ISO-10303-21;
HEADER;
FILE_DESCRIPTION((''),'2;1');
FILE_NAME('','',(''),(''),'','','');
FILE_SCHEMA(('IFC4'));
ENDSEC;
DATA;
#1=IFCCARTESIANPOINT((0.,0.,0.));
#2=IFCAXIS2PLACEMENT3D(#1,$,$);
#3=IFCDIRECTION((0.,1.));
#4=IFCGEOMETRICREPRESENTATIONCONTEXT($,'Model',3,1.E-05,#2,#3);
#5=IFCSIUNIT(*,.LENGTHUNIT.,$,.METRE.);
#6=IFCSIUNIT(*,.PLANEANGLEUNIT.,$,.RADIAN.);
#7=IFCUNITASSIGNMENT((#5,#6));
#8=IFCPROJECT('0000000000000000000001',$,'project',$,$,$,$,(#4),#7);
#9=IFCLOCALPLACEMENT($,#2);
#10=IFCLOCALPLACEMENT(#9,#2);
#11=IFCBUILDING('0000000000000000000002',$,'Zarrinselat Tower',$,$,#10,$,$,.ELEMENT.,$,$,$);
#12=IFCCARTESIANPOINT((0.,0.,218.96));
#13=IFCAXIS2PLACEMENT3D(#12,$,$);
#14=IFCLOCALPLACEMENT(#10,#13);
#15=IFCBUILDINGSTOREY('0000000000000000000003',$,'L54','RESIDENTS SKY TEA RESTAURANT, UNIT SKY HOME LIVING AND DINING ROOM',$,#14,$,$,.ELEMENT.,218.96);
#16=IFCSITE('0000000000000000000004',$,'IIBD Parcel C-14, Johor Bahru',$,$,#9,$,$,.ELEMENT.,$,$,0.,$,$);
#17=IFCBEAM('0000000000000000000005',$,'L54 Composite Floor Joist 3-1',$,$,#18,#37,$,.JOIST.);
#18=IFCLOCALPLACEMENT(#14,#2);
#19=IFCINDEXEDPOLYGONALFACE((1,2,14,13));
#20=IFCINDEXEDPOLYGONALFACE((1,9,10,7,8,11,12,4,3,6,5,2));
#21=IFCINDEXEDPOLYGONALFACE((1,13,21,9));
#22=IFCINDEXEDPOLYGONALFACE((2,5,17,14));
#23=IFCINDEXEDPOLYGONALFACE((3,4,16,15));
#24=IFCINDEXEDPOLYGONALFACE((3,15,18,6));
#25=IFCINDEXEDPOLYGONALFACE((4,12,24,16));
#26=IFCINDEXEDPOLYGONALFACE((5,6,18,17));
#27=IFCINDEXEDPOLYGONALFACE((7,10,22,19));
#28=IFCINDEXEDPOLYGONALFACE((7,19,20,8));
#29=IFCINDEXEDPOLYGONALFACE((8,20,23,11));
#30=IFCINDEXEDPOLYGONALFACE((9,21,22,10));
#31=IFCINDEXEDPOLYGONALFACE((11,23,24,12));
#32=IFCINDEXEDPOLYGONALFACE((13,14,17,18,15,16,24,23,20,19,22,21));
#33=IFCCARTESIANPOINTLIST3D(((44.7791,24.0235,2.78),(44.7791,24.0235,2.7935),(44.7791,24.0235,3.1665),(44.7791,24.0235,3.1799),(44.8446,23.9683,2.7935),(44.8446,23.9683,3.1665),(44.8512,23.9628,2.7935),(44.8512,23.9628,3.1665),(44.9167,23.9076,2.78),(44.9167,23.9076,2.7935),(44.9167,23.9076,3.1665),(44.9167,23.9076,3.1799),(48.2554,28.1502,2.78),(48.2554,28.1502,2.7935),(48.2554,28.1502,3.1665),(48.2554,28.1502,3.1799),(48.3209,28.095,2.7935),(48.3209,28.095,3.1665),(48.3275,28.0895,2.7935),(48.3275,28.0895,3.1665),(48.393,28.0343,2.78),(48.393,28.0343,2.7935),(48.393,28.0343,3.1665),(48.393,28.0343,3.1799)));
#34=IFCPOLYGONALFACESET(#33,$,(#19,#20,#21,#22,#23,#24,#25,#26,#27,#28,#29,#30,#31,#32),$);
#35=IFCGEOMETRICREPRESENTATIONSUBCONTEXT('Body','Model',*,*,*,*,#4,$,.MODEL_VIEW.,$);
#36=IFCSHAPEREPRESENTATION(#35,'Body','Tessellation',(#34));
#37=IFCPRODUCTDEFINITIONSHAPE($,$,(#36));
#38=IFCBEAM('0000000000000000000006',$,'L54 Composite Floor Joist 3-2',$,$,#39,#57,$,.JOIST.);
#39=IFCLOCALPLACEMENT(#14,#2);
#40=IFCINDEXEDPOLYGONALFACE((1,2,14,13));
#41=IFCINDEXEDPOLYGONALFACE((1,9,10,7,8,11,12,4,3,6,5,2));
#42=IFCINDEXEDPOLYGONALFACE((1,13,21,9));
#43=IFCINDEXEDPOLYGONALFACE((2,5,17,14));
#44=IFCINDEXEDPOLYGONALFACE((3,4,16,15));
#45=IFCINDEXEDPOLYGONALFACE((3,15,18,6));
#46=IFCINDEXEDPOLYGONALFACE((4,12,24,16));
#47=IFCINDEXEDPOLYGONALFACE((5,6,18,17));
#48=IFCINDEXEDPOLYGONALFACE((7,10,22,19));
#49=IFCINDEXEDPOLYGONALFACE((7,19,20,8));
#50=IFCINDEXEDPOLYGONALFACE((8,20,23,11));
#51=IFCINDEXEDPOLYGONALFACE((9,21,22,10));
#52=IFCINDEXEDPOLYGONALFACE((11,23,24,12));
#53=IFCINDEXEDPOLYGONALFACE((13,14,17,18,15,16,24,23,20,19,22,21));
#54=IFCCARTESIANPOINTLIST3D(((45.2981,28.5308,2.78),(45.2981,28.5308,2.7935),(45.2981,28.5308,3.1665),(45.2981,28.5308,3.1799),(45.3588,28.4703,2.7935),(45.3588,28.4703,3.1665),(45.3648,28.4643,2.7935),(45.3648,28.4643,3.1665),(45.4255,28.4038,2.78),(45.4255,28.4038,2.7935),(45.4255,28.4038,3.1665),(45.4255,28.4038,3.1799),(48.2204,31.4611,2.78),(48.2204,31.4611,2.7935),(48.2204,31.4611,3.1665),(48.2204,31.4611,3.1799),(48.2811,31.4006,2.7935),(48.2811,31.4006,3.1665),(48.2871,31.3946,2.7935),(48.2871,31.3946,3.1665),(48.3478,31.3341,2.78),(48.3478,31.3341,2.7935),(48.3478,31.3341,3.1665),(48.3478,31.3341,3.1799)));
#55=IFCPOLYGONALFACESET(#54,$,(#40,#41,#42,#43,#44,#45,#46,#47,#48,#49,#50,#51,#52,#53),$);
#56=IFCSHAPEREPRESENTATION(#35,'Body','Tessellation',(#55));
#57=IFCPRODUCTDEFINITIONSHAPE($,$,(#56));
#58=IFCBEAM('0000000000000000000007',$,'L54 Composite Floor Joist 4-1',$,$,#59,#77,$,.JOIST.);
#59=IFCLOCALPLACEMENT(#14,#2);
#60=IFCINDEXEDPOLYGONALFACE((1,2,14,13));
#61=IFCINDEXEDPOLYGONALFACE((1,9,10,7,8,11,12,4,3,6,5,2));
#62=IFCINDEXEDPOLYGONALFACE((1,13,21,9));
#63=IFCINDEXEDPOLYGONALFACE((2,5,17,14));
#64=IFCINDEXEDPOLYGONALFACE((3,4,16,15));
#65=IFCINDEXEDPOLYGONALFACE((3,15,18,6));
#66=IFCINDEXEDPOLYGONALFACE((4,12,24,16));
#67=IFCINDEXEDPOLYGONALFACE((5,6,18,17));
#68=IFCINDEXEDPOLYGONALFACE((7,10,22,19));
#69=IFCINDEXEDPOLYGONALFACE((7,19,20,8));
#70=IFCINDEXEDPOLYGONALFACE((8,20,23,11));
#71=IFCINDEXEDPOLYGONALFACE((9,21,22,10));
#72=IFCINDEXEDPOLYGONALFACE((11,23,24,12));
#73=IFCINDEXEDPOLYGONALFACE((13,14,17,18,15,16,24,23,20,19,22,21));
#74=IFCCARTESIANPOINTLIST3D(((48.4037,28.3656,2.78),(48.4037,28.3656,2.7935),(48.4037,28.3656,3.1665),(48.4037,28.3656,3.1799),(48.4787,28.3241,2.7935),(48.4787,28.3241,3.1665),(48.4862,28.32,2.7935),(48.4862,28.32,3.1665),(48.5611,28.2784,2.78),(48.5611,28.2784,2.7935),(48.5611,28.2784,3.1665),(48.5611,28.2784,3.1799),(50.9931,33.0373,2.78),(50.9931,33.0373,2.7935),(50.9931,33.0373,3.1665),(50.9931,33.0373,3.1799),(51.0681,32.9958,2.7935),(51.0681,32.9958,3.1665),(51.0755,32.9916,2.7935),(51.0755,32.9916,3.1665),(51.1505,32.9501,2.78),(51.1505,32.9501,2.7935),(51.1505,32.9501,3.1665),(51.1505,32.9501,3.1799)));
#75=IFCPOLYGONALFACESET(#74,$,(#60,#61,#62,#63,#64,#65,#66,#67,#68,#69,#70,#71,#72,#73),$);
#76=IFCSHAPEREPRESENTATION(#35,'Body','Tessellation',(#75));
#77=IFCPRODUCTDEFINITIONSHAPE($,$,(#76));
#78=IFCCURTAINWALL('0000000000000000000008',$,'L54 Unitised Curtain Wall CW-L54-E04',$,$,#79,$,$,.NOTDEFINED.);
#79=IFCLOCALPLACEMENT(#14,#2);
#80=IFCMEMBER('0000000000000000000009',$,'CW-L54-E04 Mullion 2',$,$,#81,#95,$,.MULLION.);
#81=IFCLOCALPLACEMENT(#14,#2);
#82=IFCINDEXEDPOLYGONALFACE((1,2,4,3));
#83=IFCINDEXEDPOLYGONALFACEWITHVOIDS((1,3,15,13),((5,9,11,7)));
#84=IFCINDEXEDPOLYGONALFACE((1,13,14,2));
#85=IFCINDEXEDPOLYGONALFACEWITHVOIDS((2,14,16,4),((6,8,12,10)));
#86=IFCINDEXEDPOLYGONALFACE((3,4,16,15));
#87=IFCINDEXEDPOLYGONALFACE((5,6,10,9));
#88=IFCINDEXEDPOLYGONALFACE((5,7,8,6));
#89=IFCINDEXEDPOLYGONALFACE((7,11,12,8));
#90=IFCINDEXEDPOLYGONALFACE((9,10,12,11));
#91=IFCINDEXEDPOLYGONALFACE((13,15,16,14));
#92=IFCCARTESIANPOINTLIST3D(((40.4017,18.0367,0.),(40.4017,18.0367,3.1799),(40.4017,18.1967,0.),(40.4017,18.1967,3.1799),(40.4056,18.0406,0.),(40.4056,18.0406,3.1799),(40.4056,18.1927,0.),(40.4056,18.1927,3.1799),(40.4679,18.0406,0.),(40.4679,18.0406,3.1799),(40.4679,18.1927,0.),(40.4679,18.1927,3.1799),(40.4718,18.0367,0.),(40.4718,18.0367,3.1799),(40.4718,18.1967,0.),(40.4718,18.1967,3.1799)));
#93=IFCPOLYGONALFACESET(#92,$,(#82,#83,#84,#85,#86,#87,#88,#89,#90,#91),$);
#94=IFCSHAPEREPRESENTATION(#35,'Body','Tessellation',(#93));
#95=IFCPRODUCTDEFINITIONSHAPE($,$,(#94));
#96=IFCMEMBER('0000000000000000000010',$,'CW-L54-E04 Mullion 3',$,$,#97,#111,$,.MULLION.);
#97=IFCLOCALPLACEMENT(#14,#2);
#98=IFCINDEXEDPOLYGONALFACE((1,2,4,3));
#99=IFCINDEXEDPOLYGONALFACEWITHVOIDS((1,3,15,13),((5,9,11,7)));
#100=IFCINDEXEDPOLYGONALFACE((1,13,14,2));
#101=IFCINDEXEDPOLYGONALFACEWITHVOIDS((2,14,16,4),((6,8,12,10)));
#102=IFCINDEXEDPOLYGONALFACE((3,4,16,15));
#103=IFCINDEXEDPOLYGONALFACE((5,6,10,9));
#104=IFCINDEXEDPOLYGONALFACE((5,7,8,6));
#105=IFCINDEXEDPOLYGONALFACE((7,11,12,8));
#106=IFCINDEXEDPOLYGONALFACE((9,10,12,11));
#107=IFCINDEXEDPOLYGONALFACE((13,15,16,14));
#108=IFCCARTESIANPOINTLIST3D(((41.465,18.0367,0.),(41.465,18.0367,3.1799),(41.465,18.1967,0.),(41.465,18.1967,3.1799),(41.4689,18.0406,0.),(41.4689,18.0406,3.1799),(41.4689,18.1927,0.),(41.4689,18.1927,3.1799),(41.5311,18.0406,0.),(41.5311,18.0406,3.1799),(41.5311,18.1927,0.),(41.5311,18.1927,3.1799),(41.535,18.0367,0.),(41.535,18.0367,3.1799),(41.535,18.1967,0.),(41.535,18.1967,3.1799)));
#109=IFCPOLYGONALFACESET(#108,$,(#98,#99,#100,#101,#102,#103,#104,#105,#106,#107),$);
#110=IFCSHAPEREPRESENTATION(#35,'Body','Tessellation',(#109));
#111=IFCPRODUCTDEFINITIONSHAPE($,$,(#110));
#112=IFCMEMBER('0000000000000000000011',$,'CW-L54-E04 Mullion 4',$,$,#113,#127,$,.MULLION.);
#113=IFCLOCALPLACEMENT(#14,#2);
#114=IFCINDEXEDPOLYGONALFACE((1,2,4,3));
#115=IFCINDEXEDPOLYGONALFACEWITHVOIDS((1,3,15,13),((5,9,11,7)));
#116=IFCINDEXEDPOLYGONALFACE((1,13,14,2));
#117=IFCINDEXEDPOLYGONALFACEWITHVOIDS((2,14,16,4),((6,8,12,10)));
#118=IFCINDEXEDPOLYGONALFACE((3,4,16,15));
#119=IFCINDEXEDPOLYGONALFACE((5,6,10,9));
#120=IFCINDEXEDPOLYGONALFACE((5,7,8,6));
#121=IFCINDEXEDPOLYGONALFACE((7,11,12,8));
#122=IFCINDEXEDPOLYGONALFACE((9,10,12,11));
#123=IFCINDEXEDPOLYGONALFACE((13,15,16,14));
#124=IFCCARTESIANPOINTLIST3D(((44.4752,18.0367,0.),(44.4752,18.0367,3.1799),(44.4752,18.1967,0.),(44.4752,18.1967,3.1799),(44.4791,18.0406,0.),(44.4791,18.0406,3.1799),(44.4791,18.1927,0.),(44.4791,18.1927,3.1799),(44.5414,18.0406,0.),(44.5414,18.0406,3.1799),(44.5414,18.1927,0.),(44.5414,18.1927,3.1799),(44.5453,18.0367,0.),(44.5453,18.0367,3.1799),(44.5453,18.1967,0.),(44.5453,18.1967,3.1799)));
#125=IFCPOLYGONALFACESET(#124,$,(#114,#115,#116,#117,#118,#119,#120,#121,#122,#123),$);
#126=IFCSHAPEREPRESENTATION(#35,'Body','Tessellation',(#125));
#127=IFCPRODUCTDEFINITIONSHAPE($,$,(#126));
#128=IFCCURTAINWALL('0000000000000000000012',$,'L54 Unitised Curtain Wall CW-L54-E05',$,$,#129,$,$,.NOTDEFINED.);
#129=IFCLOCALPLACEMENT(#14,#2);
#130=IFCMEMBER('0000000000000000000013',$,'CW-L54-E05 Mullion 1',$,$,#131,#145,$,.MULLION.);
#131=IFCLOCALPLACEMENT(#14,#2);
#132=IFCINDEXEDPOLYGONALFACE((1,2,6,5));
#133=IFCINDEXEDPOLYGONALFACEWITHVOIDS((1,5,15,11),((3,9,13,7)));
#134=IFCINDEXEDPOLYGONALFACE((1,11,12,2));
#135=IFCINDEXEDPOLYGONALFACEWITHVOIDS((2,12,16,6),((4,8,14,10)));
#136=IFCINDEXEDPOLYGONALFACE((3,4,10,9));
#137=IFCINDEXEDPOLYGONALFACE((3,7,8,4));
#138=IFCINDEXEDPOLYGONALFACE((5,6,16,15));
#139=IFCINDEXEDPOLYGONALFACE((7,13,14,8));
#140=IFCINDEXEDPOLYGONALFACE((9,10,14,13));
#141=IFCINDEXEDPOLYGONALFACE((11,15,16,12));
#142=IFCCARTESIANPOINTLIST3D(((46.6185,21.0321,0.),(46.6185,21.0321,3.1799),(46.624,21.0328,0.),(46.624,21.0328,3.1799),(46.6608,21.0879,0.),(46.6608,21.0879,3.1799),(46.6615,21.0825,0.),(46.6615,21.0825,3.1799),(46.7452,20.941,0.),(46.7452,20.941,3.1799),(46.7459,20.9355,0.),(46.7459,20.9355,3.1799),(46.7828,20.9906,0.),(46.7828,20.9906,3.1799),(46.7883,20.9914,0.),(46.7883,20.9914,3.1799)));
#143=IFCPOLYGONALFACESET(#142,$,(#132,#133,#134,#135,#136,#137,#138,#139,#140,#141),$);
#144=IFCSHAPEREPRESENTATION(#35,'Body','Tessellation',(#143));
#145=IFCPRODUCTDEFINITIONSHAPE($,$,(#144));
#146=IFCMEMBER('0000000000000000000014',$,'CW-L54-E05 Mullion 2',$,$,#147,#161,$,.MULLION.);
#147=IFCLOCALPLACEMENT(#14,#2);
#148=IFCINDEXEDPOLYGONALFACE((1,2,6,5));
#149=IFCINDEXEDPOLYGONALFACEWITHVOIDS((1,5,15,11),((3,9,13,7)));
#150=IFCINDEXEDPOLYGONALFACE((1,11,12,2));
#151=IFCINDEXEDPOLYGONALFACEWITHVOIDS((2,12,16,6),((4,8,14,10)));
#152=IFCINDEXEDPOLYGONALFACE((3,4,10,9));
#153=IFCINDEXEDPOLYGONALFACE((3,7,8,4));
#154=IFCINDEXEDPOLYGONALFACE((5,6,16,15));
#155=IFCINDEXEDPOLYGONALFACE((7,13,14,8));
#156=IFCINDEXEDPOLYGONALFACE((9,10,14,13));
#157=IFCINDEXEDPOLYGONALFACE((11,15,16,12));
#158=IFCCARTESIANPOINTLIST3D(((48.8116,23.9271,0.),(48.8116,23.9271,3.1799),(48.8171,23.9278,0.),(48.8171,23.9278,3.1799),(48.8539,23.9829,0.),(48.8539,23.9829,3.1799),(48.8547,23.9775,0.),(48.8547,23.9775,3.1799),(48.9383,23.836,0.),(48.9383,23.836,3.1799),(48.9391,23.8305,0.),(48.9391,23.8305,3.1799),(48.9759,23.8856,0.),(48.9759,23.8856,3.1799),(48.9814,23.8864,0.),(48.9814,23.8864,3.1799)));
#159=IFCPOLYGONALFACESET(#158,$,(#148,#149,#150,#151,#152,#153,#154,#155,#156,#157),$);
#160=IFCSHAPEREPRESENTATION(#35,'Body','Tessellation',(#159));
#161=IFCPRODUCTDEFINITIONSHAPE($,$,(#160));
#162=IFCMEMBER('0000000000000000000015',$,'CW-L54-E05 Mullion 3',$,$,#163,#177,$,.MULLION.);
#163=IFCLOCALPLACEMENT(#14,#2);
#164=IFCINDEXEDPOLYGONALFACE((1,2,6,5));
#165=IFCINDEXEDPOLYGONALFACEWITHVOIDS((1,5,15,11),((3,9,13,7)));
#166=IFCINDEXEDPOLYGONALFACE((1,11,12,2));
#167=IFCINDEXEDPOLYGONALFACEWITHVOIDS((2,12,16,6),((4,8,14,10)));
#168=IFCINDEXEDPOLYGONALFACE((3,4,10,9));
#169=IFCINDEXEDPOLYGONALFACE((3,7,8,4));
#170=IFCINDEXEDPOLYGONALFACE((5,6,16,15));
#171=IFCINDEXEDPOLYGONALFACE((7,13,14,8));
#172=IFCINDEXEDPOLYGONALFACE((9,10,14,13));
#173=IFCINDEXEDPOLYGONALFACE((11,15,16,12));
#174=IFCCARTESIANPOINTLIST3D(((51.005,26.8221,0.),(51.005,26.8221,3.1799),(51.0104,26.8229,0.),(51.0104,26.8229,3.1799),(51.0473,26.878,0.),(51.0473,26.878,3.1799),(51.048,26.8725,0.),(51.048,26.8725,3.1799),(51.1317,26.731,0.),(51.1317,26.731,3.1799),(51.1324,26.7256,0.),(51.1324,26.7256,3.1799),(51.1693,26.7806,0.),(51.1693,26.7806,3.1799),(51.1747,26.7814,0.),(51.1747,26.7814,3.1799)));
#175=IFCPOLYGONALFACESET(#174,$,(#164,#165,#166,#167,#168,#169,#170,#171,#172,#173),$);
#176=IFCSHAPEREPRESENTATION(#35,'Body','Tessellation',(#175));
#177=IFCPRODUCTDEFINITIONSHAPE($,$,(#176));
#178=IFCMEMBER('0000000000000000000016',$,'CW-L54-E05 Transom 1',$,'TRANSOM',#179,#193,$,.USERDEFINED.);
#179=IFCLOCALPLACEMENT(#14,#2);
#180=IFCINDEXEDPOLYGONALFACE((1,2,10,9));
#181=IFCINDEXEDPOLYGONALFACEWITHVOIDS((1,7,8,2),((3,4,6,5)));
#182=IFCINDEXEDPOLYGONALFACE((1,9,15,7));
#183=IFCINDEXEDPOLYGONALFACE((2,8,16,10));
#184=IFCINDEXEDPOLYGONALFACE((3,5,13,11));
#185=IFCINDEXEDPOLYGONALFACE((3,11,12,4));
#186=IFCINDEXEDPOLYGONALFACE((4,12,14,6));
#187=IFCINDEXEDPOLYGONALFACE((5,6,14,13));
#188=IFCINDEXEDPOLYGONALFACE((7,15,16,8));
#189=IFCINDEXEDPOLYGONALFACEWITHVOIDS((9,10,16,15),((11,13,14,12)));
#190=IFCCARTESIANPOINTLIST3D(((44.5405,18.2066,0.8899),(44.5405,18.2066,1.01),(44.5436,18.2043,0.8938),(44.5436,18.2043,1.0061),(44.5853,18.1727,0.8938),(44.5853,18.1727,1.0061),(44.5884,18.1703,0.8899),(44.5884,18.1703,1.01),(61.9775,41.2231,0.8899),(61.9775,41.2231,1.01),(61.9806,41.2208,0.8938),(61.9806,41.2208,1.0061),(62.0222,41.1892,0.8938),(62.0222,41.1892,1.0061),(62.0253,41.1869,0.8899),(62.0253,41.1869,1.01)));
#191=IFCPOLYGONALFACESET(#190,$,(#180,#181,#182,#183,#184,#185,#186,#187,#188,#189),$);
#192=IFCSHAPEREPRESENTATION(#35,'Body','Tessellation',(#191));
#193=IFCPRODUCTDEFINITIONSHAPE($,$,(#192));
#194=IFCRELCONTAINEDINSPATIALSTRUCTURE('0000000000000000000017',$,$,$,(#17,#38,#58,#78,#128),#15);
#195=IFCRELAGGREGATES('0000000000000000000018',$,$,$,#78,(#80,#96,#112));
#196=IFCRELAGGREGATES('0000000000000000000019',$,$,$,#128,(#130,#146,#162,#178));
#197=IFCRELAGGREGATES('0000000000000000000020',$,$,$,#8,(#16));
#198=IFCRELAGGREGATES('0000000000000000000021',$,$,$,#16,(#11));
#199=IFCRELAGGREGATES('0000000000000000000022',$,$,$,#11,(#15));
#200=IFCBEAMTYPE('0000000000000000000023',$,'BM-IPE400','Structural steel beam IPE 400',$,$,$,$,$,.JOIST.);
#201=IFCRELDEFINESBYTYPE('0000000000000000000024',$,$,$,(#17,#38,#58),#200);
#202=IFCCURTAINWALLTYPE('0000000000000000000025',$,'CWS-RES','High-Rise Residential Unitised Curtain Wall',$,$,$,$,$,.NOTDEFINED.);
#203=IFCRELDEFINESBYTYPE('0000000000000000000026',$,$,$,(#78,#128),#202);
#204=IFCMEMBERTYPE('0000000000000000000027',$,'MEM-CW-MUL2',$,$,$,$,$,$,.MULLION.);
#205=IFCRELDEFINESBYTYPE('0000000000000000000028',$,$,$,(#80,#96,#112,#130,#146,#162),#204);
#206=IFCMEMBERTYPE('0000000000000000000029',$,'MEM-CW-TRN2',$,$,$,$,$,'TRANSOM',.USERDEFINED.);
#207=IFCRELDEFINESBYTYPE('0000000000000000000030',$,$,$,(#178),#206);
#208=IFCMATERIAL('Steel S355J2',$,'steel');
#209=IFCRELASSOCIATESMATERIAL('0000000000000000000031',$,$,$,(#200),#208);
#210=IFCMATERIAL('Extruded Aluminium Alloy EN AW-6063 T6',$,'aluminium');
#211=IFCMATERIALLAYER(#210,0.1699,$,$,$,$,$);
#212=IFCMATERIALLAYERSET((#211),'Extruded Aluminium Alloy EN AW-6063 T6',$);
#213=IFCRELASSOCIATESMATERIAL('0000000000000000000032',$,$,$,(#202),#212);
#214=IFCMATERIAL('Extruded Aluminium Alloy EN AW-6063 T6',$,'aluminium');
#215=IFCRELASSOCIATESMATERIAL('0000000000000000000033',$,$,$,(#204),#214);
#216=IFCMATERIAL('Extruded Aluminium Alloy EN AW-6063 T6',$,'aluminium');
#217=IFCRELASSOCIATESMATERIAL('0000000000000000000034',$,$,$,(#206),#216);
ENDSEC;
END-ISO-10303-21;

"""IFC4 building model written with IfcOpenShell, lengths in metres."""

from ifc_helpers import new_model, si_unit, direction, frame, origin, origin_2d, place, context, subcontext, project, spatial, hollow_rectangle, i_section, extrude, material, layer, layer_set, material_profile, profile_set, type_object, element, aggregate, save


model = new_model("IFC4")

# Units and contexts
model_context = context("Model", 3, precision=1e-05, world=origin(), true_north=direction((0.0, 1.0)))
body_context = subcontext(model_context, "Body", "Model", "MODEL_VIEW")
ifc_project = project(units=[si_unit("LENGTHUNIT", "METRE"), si_unit("PLANEANGLEUNIT", "RADIAN")], contexts=[model_context])

# Site, building, storey
site_placement = place(None, origin())
site = spatial("IfcSite", under=ifc_project, at=site_placement, Name="IIBD Parcel C-14, Johor Bahru", CompositionType="ELEMENT", RefElevation=0.0)
building_placement = place(site_placement, origin())
building = spatial("IfcBuilding", under=site, at=building_placement, Name="Zarrinselat Tower", CompositionType="ELEMENT")
storey_placement = place(building_placement, frame((0.0, 0.0, 218.96)))
storey = spatial("IfcBuildingStorey", under=building, at=storey_placement, Name="L54", Description="RESIDENTS SKY TEA RESTAURANT, UNIT SKY HOME LIVING AND DINING ROOM", CompositionType="ELEMENT", Elevation=218.96)

# Beams
ifc_material_1 = material(Name="Steel S355J2", Category="steel")
ifc_material_profile_1 = material_profile(ifc_material_1, i_section(OverallWidth=0.1799, OverallDepth=0.3999, WebThickness=0.0085, FlangeThickness=0.0134, at=origin_2d()), Name="IPE 400")
ifc_profile_set_1 = profile_set([ifc_material_profile_1], Name="Steel S355J2")
beam_type_1 = type_object("IfcBeamType", Name="BM-IPE400", Description="Structural steel beam IPE 400", PredefinedType="JOIST", material=ifc_profile_set_1)
beam_1_placement = place(storey_placement, frame((44.8479, 23.9656, 2.98), z_axis=(0.644265, 0.764802, 0.0), x_axis=(-0.764802, 0.644265, 0.0)))
element("IfcBeam", 1, at=beam_1_placement, inside=storey, type_object=beam_type_1, Name="L54 Composite Floor Joist 3-1", PredefinedType="JOIST", context=body_context, shape_type="SweptSolid", body=[
    extrude(i_section(OverallWidth=0.1799, OverallDepth=0.3999, WebThickness=0.0085, FlangeThickness=0.0134, at=origin_2d()), origin(), (0.0, 0.0, 1.0), 5.3958),
])
beam_2_placement = place(storey_placement, frame((45.3618, 28.4673, 2.98), z_axis=(0.706133, 0.708079, 0.0), x_axis=(-0.708079, 0.706133, 0.0)))
element("IfcBeam", 2, at=beam_2_placement, inside=storey, type_object=beam_type_1, Name="L54 Composite Floor Joist 3-2", PredefinedType="JOIST", context=body_context, shape_type="SweptSolid", body=[
    extrude(i_section(OverallWidth=0.1799, OverallDepth=0.3999, WebThickness=0.0085, FlangeThickness=0.0134, at=origin_2d()), origin(), (0.0, 0.0, 1.0), 4.1384),
])
beam_3_placement = place(storey_placement, frame((48.4824, 28.322, 2.98), z_axis=(0.484785, 0.874633, 0.0), x_axis=(-0.874633, 0.484785, 0.0)))
element("IfcBeam", 3, at=beam_3_placement, inside=storey, type_object=beam_type_1, Name="L54 Composite Floor Joist 4-1", PredefinedType="JOIST", context=body_context, shape_type="SweptSolid", body=[
    extrude(i_section(OverallWidth=0.1799, OverallDepth=0.3999, WebThickness=0.0085, FlangeThickness=0.0134, at=origin_2d()), origin(), (0.0, 0.0, 1.0), 5.3413),
])

# Curtain walls, members
ifc_material_2 = material(Name="Extruded Aluminium Alloy EN AW-6063 T6", Category="aluminium")
ifc_layer_1 = layer(ifc_material_2, 0.1699)
ifc_layer_set_1 = layer_set([ifc_layer_1], Name="Extruded Aluminium Alloy EN AW-6063 T6")
curtain_wall_type = type_object("IfcCurtainWallType", Name="CWS-RES", Description="High-Rise Residential Unitised Curtain Wall", PredefinedType="NOTDEFINED", material=ifc_layer_set_1)
curtain_wall_1_placement = place(storey_placement, origin())
curtain_wall_1 = element("IfcCurtainWall", 4, at=curtain_wall_1_placement, inside=storey, type_object=curtain_wall_type, Name="L54 Unitised Curtain Wall CW-L54-E04", PredefinedType="NOTDEFINED")
ifc_material_3 = material(Name="Extruded Aluminium Alloy EN AW-6063 T6", Category="aluminium")
ifc_material_profile_2 = material_profile(ifc_material_3, hollow_rectangle(XDim=0.0701, YDim=0.1599, WallThickness=0.0039, at=origin_2d()), Name="RHS 160x70x4")
ifc_profile_set_2 = profile_set([ifc_material_profile_2], Name="Extruded Aluminium Alloy EN AW-6063 T6")
member_type_1 = type_object("IfcMemberType", Name="MEM-CW-MUL2", PredefinedType="MULLION", material=ifc_profile_set_2)
member_1_placement = place(storey_placement, frame((40.4368, 18.1167, 0.0), z_axis=(0.0, 0.0, 1.0), x_axis=(1.0, 0.0, 0.0)))
member_1 = element("IfcMember", 5, at=member_1_placement, type_object=member_type_1, Name="CW-L54-E04 Mullion 2", PredefinedType="MULLION", context=body_context, shape_type="SweptSolid", body=[
    extrude(hollow_rectangle(XDim=0.0701, YDim=0.1599, WallThickness=0.0039, at=origin_2d()), origin(), (0.0, 0.0, 1.0), 3.1799),
])
member_2_placement = place(storey_placement, frame((41.5, 18.1167, 0.0), z_axis=(0.0, 0.0, 1.0), x_axis=(1.0, 0.0, 0.0)))
member_2 = element("IfcMember", 6, at=member_2_placement, type_object=member_type_1, Name="CW-L54-E04 Mullion 3", PredefinedType="MULLION", context=body_context, shape_type="SweptSolid", body=[
    extrude(hollow_rectangle(XDim=0.0701, YDim=0.1599, WallThickness=0.0039, at=origin_2d()), origin(), (0.0, 0.0, 1.0), 3.1799),
])
member_3_placement = place(storey_placement, frame((44.5103, 18.1167, 0.0), z_axis=(0.0, 0.0, 1.0), x_axis=(1.0, 0.0, 0.0)))
member_3 = element("IfcMember", 7, at=member_3_placement, type_object=member_type_1, Name="CW-L54-E04 Mullion 4", PredefinedType="MULLION", context=body_context, shape_type="SweptSolid", body=[
    extrude(hollow_rectangle(XDim=0.0701, YDim=0.1599, WallThickness=0.0039, at=origin_2d()), origin(), (0.0, 0.0, 1.0), 3.1799),
])
curtain_wall_2_placement = place(storey_placement, origin())
curtain_wall_2 = element("IfcCurtainWall", 8, at=curtain_wall_2_placement, inside=storey, type_object=curtain_wall_type, Name="L54 Unitised Curtain Wall CW-L54-E05", PredefinedType="NOTDEFINED")
member_4_placement = place(storey_placement, frame((46.7034, 21.0117, 0.0), z_axis=(0.0, 0.0, 1.0), x_axis=(0.603859, 0.797091, 0.0)))
member_4 = element("IfcMember", 9, at=member_4_placement, type_object=member_type_1, Name="CW-L54-E05 Mullion 1", PredefinedType="MULLION", context=body_context, shape_type="SweptSolid", body=[
    extrude(hollow_rectangle(XDim=0.0701, YDim=0.1599, WallThickness=0.0039, at=origin_2d()), origin(), (0.0, 0.0, 1.0), 3.1799),
])
member_5_placement = place(storey_placement, frame((48.8965, 23.9067, 0.0), z_axis=(0.0, 0.0, 1.0), x_axis=(0.603859, 0.797091, 0.0)))
member_5 = element("IfcMember", 10, at=member_5_placement, type_object=member_type_1, Name="CW-L54-E05 Mullion 2", PredefinedType="MULLION", context=body_context, shape_type="SweptSolid", body=[
    extrude(hollow_rectangle(XDim=0.0701, YDim=0.1599, WallThickness=0.0039, at=origin_2d()), origin(), (0.0, 0.0, 1.0), 3.1799),
])
member_6_placement = place(storey_placement, frame((51.0898, 26.8018, 0.0), z_axis=(0.0, 0.0, 1.0), x_axis=(0.603859, 0.797091, 0.0)))
member_6 = element("IfcMember", 11, at=member_6_placement, type_object=member_type_1, Name="CW-L54-E05 Mullion 3", PredefinedType="MULLION", context=body_context, shape_type="SweptSolid", body=[
    extrude(hollow_rectangle(XDim=0.0701, YDim=0.1599, WallThickness=0.0039, at=origin_2d()), origin(), (0.0, 0.0, 1.0), 3.1799),
])
ifc_material_4 = material(Name="Extruded Aluminium Alloy EN AW-6063 T6", Category="aluminium")
ifc_material_profile_3 = material_profile(ifc_material_4, hollow_rectangle(XDim=0.0601, YDim=0.1201, WallThickness=0.0039, at=origin_2d()), Name="RHS 120x60x4")
ifc_profile_set_3 = profile_set([ifc_material_profile_3], Name="Extruded Aluminium Alloy EN AW-6063 T6")
member_type_2 = type_object("IfcMemberType", Name="MEM-CW-TRN2", ElementType="TRANSOM", PredefinedType="USERDEFINED", material=ifc_profile_set_3)
member_7_placement = place(storey_placement, frame((44.5645, 18.1885, 0.95), z_axis=(0.603862, 0.797089, 0.0), x_axis=(-0.797089, 0.603862, 0.0)))
member_7 = element("IfcMember", 12, at=member_7_placement, type_object=member_type_2, Name="CW-L54-E05 Transom 1", ObjectType="TRANSOM", PredefinedType="USERDEFINED", context=body_context, shape_type="SweptSolid", body=[
    extrude(hollow_rectangle(XDim=0.0601, YDim=0.1201, WallThickness=0.0039, at=origin_2d()), origin(), (0.0, 0.0, 1.0), 28.8757),
])

aggregate(curtain_wall_1, [member_1, member_2, member_3])
aggregate(curtain_wall_2, [member_4, member_5, member_6, member_7])

save(model, "model.ifc")
